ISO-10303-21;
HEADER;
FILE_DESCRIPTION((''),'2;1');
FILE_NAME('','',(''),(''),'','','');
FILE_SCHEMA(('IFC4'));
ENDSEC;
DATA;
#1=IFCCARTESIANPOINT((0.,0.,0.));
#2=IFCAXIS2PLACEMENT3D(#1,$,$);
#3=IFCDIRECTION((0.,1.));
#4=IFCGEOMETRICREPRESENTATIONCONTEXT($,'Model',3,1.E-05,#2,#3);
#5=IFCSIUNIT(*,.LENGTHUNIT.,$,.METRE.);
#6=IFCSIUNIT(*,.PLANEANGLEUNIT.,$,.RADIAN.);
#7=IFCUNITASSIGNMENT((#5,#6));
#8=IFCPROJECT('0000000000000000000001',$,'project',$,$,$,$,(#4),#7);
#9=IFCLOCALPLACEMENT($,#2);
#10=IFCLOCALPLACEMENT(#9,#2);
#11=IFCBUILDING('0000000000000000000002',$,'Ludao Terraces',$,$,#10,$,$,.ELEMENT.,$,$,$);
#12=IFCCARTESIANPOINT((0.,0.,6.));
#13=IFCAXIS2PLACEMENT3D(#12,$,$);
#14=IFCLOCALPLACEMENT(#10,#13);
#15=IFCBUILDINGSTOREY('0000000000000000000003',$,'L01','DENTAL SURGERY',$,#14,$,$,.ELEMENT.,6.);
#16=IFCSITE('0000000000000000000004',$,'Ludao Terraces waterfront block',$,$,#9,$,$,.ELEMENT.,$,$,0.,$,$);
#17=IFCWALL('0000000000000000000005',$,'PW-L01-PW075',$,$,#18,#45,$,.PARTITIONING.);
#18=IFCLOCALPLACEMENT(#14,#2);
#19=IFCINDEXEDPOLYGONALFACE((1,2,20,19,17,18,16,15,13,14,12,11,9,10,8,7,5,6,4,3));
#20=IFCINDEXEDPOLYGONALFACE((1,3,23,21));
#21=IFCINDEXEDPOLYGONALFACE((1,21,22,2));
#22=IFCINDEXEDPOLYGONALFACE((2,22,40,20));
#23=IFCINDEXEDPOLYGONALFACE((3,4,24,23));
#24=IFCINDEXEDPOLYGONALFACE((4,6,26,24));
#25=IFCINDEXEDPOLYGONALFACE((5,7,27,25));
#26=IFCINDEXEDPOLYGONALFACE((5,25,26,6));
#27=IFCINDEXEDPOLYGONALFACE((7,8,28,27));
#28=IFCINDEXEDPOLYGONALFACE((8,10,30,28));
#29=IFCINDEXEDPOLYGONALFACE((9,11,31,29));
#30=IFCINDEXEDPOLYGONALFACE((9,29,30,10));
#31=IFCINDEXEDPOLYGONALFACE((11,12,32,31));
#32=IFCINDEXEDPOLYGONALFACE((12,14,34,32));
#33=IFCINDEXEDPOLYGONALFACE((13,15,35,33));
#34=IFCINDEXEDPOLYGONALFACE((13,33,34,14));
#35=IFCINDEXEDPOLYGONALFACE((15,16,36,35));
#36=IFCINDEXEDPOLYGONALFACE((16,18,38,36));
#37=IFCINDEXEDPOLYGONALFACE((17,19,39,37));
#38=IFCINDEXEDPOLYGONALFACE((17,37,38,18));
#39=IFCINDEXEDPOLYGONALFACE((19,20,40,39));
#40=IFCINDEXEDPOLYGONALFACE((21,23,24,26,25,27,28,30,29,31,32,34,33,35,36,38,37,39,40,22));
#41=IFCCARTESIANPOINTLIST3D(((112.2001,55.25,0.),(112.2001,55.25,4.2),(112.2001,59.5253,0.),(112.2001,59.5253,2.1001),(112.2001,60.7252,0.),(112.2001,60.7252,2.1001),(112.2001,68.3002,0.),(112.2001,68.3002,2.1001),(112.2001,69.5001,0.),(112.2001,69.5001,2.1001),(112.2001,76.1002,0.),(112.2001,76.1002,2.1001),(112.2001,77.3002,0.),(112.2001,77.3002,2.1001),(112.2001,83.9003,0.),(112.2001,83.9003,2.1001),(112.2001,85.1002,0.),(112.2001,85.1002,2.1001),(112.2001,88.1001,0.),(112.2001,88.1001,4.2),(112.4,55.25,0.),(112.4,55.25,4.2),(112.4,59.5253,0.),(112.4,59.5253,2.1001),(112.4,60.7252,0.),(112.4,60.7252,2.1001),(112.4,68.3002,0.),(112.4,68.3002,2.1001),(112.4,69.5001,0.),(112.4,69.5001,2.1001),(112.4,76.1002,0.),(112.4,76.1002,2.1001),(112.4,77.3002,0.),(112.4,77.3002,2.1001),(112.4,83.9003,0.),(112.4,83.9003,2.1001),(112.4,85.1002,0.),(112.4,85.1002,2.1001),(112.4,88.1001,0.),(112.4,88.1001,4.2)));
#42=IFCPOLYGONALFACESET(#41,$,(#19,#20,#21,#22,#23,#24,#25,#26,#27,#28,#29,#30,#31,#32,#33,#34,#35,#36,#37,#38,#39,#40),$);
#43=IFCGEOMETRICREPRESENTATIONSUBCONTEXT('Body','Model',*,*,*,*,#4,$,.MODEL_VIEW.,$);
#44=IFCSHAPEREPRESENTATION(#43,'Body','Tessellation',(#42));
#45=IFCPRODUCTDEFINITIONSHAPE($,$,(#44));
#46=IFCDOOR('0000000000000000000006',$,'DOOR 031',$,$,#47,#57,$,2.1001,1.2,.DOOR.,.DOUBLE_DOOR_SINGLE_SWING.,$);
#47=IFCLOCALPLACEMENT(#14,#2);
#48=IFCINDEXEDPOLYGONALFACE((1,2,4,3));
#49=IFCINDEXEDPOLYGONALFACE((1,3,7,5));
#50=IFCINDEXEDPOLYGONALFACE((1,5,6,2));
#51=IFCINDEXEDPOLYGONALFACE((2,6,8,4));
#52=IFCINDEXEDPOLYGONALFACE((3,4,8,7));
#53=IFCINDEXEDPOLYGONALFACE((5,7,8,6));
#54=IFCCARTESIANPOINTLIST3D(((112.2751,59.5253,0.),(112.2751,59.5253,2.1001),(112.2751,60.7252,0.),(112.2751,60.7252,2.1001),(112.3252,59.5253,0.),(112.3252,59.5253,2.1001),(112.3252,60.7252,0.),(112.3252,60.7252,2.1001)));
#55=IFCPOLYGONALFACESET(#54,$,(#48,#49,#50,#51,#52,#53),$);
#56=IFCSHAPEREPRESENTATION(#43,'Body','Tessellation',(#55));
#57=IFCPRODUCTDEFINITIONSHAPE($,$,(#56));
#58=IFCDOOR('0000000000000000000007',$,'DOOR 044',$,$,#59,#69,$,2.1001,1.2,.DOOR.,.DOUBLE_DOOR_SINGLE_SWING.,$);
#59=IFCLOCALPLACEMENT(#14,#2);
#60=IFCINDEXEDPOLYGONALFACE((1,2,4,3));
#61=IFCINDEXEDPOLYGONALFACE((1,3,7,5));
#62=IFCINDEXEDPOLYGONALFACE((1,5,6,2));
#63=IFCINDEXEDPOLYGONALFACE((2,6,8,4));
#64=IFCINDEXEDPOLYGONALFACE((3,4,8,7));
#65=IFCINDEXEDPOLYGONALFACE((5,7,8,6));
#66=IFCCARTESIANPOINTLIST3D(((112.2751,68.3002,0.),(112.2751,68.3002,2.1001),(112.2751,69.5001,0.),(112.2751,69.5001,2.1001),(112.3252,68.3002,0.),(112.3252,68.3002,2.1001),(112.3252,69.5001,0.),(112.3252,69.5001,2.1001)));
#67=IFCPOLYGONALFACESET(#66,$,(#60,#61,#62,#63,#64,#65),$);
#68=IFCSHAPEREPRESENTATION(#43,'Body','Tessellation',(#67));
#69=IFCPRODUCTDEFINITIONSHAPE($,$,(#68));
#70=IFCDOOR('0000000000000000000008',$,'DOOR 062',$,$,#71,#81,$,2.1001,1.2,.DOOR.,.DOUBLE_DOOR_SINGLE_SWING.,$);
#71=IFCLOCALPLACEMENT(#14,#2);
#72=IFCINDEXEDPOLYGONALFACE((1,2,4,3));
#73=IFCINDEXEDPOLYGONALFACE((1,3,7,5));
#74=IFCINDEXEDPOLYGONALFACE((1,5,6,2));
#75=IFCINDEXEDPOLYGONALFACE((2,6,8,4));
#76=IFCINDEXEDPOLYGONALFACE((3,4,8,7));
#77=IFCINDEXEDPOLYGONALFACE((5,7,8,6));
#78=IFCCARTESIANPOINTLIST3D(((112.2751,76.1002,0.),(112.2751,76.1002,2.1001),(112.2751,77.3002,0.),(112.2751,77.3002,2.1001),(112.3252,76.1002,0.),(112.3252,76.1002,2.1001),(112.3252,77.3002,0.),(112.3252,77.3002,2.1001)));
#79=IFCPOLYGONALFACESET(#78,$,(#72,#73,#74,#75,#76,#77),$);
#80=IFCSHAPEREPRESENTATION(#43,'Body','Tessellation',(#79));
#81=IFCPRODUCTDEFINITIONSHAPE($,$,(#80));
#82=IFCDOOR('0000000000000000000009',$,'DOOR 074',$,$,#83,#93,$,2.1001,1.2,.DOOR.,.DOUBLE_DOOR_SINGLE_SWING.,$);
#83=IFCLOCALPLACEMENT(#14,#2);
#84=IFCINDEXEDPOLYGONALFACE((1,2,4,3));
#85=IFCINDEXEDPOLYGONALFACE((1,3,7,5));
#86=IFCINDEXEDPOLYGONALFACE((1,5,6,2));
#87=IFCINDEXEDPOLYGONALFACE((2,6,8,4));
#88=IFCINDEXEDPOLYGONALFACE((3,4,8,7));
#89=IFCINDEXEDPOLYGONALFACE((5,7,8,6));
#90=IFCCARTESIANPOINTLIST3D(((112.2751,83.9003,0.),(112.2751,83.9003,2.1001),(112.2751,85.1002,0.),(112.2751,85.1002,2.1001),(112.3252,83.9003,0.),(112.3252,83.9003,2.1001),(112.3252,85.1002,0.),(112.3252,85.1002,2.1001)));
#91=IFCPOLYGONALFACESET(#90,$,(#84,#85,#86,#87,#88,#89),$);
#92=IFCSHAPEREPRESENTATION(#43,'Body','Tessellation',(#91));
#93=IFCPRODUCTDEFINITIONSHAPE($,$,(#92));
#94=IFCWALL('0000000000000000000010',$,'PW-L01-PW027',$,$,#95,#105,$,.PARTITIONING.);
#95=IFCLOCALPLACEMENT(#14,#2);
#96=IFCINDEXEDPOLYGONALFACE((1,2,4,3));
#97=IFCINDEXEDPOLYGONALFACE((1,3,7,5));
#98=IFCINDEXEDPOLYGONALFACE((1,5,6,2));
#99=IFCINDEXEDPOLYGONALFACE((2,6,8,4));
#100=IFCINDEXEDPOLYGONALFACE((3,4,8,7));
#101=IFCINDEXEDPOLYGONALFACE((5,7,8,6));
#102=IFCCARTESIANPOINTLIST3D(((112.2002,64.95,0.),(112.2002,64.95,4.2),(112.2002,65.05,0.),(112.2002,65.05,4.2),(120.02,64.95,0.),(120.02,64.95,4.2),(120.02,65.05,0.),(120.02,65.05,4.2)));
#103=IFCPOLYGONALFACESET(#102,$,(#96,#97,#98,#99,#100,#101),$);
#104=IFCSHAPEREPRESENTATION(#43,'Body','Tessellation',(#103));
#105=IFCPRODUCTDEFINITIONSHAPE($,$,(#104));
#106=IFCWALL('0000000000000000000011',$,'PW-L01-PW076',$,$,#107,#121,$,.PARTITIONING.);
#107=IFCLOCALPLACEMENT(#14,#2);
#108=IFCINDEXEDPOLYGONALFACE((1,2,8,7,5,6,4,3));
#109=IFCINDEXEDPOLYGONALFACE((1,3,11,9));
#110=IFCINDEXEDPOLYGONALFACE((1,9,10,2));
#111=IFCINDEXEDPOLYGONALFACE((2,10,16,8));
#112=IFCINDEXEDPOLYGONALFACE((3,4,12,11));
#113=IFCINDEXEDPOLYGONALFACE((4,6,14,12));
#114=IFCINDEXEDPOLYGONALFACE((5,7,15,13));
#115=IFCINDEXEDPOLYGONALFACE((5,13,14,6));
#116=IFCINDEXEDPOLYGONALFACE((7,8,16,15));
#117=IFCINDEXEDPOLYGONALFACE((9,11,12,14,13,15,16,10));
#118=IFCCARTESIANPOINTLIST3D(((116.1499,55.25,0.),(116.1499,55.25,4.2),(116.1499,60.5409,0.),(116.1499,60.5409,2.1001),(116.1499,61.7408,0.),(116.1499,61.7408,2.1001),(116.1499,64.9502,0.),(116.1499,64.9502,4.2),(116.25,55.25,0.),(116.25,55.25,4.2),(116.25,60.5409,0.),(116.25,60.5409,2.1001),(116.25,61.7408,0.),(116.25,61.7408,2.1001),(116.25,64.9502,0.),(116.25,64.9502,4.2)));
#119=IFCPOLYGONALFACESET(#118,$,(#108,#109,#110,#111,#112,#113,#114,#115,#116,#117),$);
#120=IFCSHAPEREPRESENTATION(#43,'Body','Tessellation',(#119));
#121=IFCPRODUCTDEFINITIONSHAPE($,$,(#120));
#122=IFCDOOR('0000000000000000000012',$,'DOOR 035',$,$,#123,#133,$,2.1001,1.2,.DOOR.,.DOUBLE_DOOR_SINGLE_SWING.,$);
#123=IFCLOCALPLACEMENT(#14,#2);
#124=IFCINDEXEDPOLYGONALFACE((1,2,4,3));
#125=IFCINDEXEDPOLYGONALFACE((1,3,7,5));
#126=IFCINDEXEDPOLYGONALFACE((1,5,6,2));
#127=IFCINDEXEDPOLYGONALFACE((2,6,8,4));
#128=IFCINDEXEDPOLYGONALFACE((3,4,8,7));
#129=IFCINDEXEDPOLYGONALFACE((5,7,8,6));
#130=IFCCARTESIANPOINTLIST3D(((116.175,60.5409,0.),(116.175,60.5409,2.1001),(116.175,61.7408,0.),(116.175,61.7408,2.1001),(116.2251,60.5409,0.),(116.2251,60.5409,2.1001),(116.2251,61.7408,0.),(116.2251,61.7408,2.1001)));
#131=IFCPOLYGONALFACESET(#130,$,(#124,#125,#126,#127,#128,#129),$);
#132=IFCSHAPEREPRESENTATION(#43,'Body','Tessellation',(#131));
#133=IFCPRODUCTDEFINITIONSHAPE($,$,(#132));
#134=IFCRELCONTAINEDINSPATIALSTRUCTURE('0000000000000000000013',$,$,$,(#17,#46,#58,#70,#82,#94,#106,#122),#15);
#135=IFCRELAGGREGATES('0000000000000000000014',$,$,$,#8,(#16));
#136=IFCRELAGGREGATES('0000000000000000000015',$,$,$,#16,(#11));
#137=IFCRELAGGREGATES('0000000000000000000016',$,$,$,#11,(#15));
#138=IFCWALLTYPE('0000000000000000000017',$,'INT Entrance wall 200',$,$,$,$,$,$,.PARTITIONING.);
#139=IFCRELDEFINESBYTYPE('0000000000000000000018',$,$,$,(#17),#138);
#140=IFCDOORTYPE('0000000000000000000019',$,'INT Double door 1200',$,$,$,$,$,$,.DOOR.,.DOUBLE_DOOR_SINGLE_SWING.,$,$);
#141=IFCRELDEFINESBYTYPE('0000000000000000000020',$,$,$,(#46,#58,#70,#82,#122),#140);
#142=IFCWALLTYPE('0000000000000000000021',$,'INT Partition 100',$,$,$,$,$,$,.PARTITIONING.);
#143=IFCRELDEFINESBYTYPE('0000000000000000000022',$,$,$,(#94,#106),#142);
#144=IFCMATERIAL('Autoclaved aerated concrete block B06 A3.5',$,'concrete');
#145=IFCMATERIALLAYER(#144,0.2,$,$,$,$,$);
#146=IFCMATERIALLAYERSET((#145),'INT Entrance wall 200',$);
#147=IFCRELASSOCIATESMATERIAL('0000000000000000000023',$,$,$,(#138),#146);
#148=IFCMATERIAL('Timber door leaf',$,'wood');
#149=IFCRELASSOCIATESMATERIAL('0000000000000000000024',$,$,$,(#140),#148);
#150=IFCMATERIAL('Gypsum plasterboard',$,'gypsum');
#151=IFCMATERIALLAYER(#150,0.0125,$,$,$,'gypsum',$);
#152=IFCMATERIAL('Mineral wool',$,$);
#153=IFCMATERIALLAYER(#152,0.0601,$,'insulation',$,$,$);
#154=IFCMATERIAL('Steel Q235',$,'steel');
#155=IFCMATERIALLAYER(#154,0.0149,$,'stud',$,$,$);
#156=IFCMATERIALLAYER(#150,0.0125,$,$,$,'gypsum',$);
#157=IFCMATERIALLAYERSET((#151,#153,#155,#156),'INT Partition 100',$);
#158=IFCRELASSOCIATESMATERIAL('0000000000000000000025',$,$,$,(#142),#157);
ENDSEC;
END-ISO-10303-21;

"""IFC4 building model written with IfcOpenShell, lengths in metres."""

from ifc_helpers import new_model, si_unit, direction, frame, frame_2d, origin, place, context, subcontext, project, spatial, rectangle, extrude, material, layer, layer_set, type_object, element, fill, save


model = new_model("IFC4")

# Units and contexts
model_context = context("Model", 3, precision=1e-05, world=origin(), true_north=direction((0.0, 1.0)))
body_context = subcontext(model_context, "Body", "Model", "MODEL_VIEW")
ifc_project = project(units=[si_unit("LENGTHUNIT", "METRE"), si_unit("PLANEANGLEUNIT", "RADIAN")], contexts=[model_context])

# Site, building, storey
site_placement = place(None, origin())
site = spatial("IfcSite", under=ifc_project, at=site_placement, Name="Ludao Terraces waterfront block", CompositionType="ELEMENT", RefElevation=0.0)
building_placement = place(site_placement, origin())
building = spatial("IfcBuilding", under=site, at=building_placement, Name="Ludao Terraces", CompositionType="ELEMENT")
storey_placement = place(building_placement, frame((0.0, 0.0, 6.0)))
storey = spatial("IfcBuildingStorey", under=building, at=storey_placement, Name="L01", Description="DENTAL SURGERY", CompositionType="ELEMENT", Elevation=6.0)

# Shared definitions
ifc_material_1 = material(Name="Autoclaved aerated concrete block B06 A3.5", Category="concrete")
ifc_layer_1 = layer(ifc_material_1, 0.2)
ifc_layer_set_1 = layer_set([ifc_layer_1], Name="INT Entrance wall 200")
wall_type_1 = type_object("IfcWallType", Name="INT Entrance wall 200", PredefinedType="PARTITIONING", material=ifc_layer_set_1)

# Wall, openings, doors
ifc_material_2 = material(Name="Timber door leaf", Category="wood")
door_type = type_object("IfcDoorType", Name="INT Double door 1200", OperationType="DOUBLE_DOOR_SINGLE_SWING", PredefinedType="DOOR", material=ifc_material_2)
wall_1_placement = place(storey_placement, frame((112.3, 55.25, 0.0), z_axis=(0.0, 0.0, 1.0), x_axis=(0.0, 1.0, 0.0)))
wall_1 = element("IfcWall", 1, at=wall_1_placement, inside=storey, type_object=wall_type_1, Name="PW-L01-PW075", PredefinedType="PARTITIONING", context=body_context, shape_type="SweptSolid", body=[
    extrude(rectangle(XDim=32.8501, YDim=0.2, at=frame_2d((16.425, 0.0))), origin(), (0.0, 0.0, 1.0), 4.2),
])
opening_1_placement = place(wall_1_placement, frame((4.2751, 0.0, 0.0)))
opening_1 = element("IfcOpeningElement", 2, at=opening_1_placement, cuts=wall_1, PredefinedType="OPENING", context=body_context, shape_type="SweptSolid", body=[
    extrude(rectangle(XDim=1.2, YDim=2.1001, at=frame_2d((0.6001, 1.05))), frame((0.0, 0.1099, 0.0), z_axis=(0.0, -1.0, 0.0), x_axis=(1.0, 0.0, 0.0)), (0.0, 0.0, 1.0), 0.22),
])
opening_2_placement = place(wall_1_placement, frame((13.05, 0.0, 0.0)))
opening_2 = element("IfcOpeningElement", 3, at=opening_2_placement, cuts=wall_1, PredefinedType="OPENING", context=body_context, shape_type="SweptSolid", body=[
    extrude(rectangle(XDim=1.2, YDim=2.1001, at=frame_2d((0.6001, 1.05))), frame((0.0, 0.1099, 0.0), z_axis=(0.0, -1.0, 0.0), x_axis=(1.0, 0.0, 0.0)), (0.0, 0.0, 1.0), 0.22),
])
opening_3_placement = place(wall_1_placement, frame((20.8501, 0.0, 0.0)))
opening_3 = element("IfcOpeningElement", 4, at=opening_3_placement, cuts=wall_1, PredefinedType="OPENING", context=body_context, shape_type="SweptSolid", body=[
    extrude(rectangle(XDim=1.2, YDim=2.1001, at=frame_2d((0.6001, 1.05))), frame((0.0, 0.1099, 0.0), z_axis=(0.0, -1.0, 0.0), x_axis=(1.0, 0.0, 0.0)), (0.0, 0.0, 1.0), 0.22),
])
opening_4_placement = place(wall_1_placement, frame((28.6501, 0.0, 0.0)))
opening_4 = element("IfcOpeningElement", 5, at=opening_4_placement, cuts=wall_1, PredefinedType="OPENING", context=body_context, shape_type="SweptSolid", body=[
    extrude(rectangle(XDim=1.2, YDim=2.1001, at=frame_2d((0.6001, 1.05))), frame((0.0, 0.1099, 0.0), z_axis=(0.0, -1.0, 0.0), x_axis=(1.0, 0.0, 0.0)), (0.0, 0.0, 1.0), 0.22),
])
door_1_placement = place(opening_1_placement, origin())
door_1 = element("IfcDoor", 6, at=door_1_placement, inside=storey, type_object=door_type, Name="DOOR 031", OperationType="DOUBLE_DOOR_SINGLE_SWING", OverallHeight=2.1001, OverallWidth=1.2, PredefinedType="DOOR", context=body_context, shape_type="SweptSolid", body=[
    extrude(rectangle(XDim=1.2, YDim=2.1001, at=frame_2d((0.6001, 1.05))), frame((0.0, 0.0249, 0.0), z_axis=(0.0, -1.0, 0.0), x_axis=(1.0, 0.0, 0.0)), (0.0, 0.0, 1.0), 0.05),
])
fill(opening_1, door_1)
door_2_placement = place(opening_2_placement, origin())
door_2 = element("IfcDoor", 7, at=door_2_placement, inside=storey, type_object=door_type, Name="DOOR 044", OperationType="DOUBLE_DOOR_SINGLE_SWING", OverallHeight=2.1001, OverallWidth=1.2, PredefinedType="DOOR", context=body_context, shape_type="SweptSolid", body=[
    extrude(rectangle(XDim=1.2, YDim=2.1001, at=frame_2d((0.6001, 1.05))), frame((0.0, 0.0249, 0.0), z_axis=(0.0, -1.0, 0.0), x_axis=(1.0, 0.0, 0.0)), (0.0, 0.0, 1.0), 0.05),
])
fill(opening_2, door_2)
door_3_placement = place(opening_3_placement, origin())
door_3 = element("IfcDoor", 8, at=door_3_placement, inside=storey, type_object=door_type, Name="DOOR 062", OperationType="DOUBLE_DOOR_SINGLE_SWING", OverallHeight=2.1001, OverallWidth=1.2, PredefinedType="DOOR", context=body_context, shape_type="SweptSolid", body=[
    extrude(rectangle(XDim=1.2, YDim=2.1001, at=frame_2d((0.6001, 1.05))), frame((0.0, 0.0249, 0.0), z_axis=(0.0, -1.0, 0.0), x_axis=(1.0, 0.0, 0.0)), (0.0, 0.0, 1.0), 0.05),
])
fill(opening_3, door_3)
door_4_placement = place(opening_4_placement, origin())
door_4 = element("IfcDoor", 9, at=door_4_placement, inside=storey, type_object=door_type, Name="DOOR 074", OperationType="DOUBLE_DOOR_SINGLE_SWING", OverallHeight=2.1001, OverallWidth=1.2, PredefinedType="DOOR", context=body_context, shape_type="SweptSolid", body=[
    extrude(rectangle(XDim=1.2, YDim=2.1001, at=frame_2d((0.6001, 1.05))), frame((0.0, 0.0249, 0.0), z_axis=(0.0, -1.0, 0.0), x_axis=(1.0, 0.0, 0.0)), (0.0, 0.0, 1.0), 0.05),
])
fill(opening_4, door_4)

# Wall
ifc_material_3 = material(Name="Gypsum plasterboard", Category="gypsum")
ifc_layer_2 = layer(ifc_material_3, 0.0125, Category="gypsum")
ifc_material_4 = material(Name="Mineral wool")
ifc_layer_3 = layer(ifc_material_4, 0.0601, Name="insulation")
ifc_material_5 = material(Name="Steel Q235", Category="steel")
ifc_layer_4 = layer(ifc_material_5, 0.0149, Name="stud")
ifc_layer_5 = layer(ifc_material_3, 0.0125, Category="gypsum")
ifc_layer_set_2 = layer_set([ifc_layer_2, ifc_layer_3, ifc_layer_4, ifc_layer_5], Name="INT Partition 100")
wall_type_2 = type_object("IfcWallType", Name="INT Partition 100", PredefinedType="PARTITIONING", material=ifc_layer_set_2)
wall_2_placement = place(storey_placement, frame((112.2002, 65.0, 0.0), z_axis=(0.0, 0.0, 1.0), x_axis=(1.0, 0.0, 0.0)))
element("IfcWall", 10, at=wall_2_placement, inside=storey, type_object=wall_type_2, Name="PW-L01-PW027", PredefinedType="PARTITIONING", context=body_context, shape_type="SweptSolid", body=[
    extrude(rectangle(XDim=7.8198, YDim=0.1001, at=frame_2d((3.9099, 0.0))), origin(), (0.0, 0.0, 1.0), 4.2),
])

# Wall, opening, door
wall_3_placement = place(storey_placement, frame((116.2, 55.25, 0.0), z_axis=(0.0, 0.0, 1.0), x_axis=(0.0, 1.0, 0.0)))
wall_3 = element("IfcWall", 11, at=wall_3_placement, inside=storey, type_object=wall_type_2, Name="PW-L01-PW076", PredefinedType="PARTITIONING", context=body_context, shape_type="SweptSolid", body=[
    extrude(rectangle(XDim=9.7002, YDim=0.1001, at=frame_2d((4.8501, 0.0))), origin(), (0.0, 0.0, 1.0), 4.2),
])
opening_5_placement = place(wall_3_placement, frame((5.2908, 0.0, 0.0)))
opening_5 = element("IfcOpeningElement", 12, at=opening_5_placement, cuts=wall_3, PredefinedType="OPENING", context=body_context, shape_type="SweptSolid", body=[
    extrude(rectangle(XDim=1.2, YDim=2.1001, at=frame_2d((0.6001, 1.05))), frame((0.0, 0.0601, 0.0), z_axis=(0.0, -1.0, 0.0), x_axis=(1.0, 0.0, 0.0)), (0.0, 0.0, 1.0), 0.1201),
])
door_5_placement = place(opening_5_placement, origin())
door_5 = element("IfcDoor", 13, at=door_5_placement, inside=storey, type_object=door_type, Name="DOOR 035", OperationType="DOUBLE_DOOR_SINGLE_SWING", OverallHeight=2.1001, OverallWidth=1.2, PredefinedType="DOOR", context=body_context, shape_type="SweptSolid", body=[
    extrude(rectangle(XDim=1.2, YDim=2.1001, at=frame_2d((0.6001, 1.05))), frame((0.0, 0.0249, 0.0), z_axis=(0.0, -1.0, 0.0), x_axis=(1.0, 0.0, 0.0)), (0.0, 0.0, 1.0), 0.05),
])
fill(opening_5, door_5)

save(model, "model.ifc")
